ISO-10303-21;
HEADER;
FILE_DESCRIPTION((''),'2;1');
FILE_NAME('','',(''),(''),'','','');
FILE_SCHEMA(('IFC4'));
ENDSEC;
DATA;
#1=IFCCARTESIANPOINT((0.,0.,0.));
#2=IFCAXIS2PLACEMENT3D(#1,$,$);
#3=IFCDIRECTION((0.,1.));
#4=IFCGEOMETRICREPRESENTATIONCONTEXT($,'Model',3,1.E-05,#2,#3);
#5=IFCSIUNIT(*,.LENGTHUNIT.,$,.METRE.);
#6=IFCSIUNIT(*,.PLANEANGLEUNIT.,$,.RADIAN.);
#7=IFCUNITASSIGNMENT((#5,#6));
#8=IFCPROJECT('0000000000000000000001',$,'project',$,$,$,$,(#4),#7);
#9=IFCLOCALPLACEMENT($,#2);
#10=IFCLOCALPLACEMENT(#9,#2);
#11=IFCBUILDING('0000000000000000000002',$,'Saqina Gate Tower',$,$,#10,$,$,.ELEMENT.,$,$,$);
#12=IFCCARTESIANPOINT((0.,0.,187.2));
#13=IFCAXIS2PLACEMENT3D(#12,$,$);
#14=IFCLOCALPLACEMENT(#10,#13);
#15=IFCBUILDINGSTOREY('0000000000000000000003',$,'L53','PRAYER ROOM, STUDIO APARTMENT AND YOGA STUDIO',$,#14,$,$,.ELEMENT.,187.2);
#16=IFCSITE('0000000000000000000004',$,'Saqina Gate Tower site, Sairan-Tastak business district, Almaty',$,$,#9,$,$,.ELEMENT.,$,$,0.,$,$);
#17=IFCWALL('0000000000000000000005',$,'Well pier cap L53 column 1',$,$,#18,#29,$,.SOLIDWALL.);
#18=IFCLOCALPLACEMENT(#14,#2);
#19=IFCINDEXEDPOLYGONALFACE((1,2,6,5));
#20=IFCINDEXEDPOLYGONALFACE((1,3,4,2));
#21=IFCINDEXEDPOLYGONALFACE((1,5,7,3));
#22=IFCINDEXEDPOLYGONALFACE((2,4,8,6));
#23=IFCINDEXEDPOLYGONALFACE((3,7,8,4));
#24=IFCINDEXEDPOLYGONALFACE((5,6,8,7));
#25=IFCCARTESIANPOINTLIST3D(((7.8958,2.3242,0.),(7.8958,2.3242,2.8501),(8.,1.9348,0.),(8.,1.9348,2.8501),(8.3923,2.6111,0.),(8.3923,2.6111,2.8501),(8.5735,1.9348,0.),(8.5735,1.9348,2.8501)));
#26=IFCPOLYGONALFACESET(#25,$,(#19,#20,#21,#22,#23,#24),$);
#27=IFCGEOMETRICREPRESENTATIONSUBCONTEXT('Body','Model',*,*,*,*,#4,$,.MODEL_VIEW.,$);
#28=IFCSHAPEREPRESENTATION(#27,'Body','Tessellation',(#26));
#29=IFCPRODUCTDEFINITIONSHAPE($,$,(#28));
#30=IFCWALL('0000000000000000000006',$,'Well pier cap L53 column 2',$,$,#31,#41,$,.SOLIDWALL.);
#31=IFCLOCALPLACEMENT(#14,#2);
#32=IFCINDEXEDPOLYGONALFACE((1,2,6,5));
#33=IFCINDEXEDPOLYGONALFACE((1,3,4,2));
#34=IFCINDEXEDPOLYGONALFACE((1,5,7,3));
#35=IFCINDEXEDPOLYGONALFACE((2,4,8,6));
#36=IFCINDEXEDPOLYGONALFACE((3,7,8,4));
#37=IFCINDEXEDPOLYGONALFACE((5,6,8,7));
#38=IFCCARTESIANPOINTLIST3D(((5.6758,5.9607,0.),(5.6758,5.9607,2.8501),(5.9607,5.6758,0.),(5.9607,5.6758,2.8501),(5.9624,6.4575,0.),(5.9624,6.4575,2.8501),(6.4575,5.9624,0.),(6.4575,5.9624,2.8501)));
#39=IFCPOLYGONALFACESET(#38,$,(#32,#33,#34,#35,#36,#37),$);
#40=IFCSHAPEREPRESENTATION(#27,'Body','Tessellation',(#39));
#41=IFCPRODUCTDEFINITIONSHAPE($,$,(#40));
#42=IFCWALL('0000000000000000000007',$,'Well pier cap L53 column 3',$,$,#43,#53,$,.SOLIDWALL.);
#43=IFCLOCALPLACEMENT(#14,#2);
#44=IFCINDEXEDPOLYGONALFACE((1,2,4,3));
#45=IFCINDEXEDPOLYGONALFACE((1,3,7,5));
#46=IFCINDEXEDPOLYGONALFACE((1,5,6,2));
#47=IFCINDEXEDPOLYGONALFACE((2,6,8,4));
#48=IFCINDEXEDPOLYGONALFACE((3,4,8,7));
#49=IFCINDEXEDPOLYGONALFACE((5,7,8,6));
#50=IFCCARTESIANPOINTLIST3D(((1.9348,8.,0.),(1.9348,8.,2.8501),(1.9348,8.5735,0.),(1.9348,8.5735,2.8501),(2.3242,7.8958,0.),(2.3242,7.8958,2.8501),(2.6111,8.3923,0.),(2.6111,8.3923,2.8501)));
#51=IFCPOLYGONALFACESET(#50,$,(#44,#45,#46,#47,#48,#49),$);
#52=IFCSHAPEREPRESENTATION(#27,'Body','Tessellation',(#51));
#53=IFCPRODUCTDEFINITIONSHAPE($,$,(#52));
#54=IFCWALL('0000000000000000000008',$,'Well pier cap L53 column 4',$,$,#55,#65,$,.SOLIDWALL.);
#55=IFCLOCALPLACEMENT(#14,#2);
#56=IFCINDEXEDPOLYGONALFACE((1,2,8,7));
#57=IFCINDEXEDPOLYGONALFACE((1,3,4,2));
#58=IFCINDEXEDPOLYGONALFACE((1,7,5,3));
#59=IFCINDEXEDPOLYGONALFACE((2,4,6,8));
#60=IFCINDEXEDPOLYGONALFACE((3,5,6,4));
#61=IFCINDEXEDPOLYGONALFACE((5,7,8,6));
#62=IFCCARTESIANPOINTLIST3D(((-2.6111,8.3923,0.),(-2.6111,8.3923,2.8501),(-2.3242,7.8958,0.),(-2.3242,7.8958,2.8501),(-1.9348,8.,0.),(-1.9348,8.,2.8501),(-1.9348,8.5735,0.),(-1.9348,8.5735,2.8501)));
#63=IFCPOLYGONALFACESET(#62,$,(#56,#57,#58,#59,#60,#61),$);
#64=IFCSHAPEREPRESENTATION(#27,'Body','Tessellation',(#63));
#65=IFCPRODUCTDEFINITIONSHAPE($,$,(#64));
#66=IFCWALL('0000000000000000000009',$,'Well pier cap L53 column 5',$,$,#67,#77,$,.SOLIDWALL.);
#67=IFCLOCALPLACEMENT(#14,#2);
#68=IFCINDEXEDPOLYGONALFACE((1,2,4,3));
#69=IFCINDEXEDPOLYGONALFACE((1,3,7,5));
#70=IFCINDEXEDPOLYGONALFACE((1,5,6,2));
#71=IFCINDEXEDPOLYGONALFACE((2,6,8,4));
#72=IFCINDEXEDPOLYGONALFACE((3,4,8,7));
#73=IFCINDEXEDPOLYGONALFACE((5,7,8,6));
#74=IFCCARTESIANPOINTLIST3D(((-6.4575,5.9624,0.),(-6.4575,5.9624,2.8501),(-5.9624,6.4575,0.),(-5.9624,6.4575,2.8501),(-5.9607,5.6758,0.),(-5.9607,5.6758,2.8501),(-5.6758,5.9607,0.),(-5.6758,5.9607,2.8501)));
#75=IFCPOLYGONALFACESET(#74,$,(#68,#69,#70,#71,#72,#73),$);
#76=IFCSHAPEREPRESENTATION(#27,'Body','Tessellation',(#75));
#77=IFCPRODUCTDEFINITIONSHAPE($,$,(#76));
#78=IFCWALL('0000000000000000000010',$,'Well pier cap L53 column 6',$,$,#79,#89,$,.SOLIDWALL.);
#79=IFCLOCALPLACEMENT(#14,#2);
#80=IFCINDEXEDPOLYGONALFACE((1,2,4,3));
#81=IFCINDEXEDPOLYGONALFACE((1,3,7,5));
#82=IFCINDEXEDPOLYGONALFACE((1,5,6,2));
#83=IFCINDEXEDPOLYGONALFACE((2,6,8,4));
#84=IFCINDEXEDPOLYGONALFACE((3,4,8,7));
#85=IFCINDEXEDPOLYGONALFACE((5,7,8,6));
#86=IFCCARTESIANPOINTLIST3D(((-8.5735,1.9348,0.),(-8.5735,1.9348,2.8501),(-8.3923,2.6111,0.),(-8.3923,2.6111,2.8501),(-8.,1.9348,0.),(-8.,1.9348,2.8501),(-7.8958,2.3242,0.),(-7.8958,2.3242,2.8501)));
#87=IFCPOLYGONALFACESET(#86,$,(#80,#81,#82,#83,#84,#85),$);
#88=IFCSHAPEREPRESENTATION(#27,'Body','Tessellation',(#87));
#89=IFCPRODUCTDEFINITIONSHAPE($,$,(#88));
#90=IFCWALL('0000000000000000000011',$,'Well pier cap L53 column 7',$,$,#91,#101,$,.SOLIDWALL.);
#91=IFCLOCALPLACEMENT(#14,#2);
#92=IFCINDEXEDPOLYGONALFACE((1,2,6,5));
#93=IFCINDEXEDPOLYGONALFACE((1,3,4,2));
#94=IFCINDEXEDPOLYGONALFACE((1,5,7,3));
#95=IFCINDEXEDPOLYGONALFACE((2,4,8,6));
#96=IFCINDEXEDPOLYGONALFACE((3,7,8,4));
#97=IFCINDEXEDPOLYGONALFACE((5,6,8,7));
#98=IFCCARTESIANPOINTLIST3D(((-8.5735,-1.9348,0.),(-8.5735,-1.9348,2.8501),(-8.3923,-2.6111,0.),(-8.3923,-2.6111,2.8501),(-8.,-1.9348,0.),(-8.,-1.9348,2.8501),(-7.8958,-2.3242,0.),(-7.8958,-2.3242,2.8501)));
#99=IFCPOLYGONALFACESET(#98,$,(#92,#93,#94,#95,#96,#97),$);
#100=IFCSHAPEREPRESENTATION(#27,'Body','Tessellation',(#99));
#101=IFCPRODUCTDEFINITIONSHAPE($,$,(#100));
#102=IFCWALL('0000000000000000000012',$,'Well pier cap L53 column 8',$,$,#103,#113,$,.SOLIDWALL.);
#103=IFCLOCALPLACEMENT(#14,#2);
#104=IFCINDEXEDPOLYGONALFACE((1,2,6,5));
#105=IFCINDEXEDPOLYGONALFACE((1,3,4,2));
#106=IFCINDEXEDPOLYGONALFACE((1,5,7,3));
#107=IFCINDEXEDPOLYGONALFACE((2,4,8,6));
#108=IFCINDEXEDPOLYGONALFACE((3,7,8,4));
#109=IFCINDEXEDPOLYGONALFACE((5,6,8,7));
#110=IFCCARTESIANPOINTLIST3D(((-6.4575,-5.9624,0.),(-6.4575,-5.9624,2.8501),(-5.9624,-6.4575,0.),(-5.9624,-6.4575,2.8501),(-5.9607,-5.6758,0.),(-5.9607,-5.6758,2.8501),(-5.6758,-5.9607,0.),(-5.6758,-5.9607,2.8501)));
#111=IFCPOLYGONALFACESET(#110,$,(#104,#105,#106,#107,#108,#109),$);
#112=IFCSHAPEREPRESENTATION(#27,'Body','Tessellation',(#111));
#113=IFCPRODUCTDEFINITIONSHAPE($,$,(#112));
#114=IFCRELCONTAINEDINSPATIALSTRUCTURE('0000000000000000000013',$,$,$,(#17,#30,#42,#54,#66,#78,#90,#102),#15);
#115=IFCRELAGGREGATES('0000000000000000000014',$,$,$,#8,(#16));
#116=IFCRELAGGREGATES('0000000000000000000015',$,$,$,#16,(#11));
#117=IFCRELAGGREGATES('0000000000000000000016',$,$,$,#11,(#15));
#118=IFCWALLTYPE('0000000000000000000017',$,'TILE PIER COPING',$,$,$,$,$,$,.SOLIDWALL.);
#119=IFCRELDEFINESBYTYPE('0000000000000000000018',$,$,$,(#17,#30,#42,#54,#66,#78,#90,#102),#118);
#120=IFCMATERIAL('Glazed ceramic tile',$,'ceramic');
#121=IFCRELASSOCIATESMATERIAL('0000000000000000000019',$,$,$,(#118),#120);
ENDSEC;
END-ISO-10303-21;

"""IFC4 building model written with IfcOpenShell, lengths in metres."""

from ifc_helpers import new_model, si_unit, direction, frame, origin, place, context, subcontext, project, spatial, polyline, outline, extrude, material, type_object, element, save


model = new_model("IFC4")

# Units and contexts
model_context = context("Model", 3, precision=1e-05, world=origin(), true_north=direction((0.0, 1.0)))
body_context = subcontext(model_context, "Body", "Model", "MODEL_VIEW")
ifc_project = project(units=[si_unit("LENGTHUNIT", "METRE"), si_unit("PLANEANGLEUNIT", "RADIAN")], contexts=[model_context])

# Site, building, storey
site_placement = place(None, origin())
site = spatial("IfcSite", under=ifc_project, at=site_placement, Name="Saqina Gate Tower site, Sairan-Tastak business district, Almaty", CompositionType="ELEMENT", RefElevation=0.0)
building_placement = place(site_placement, origin())
building = spatial("IfcBuilding", under=site, at=building_placement, Name="Saqina Gate Tower", CompositionType="ELEMENT")
storey_placement = place(building_placement, frame((0.0, 0.0, 187.2)))
storey = spatial("IfcBuildingStorey", under=building, at=storey_placement, Name="L53", Description="PRAYER ROOM, STUDIO APARTMENT AND YOGA STUDIO", CompositionType="ELEMENT", Elevation=187.2)

# Walls
ifc_material_1 = material(Name="Glazed ceramic tile", Category="ceramic")
wall_type_1 = type_object("IfcWallType", Name="TILE PIER COPING", PredefinedType="SOLIDWALL", material=ifc_material_1)
wall_1_placement = place(storey_placement, origin())
element("IfcWall", 1, at=wall_1_placement, inside=storey, type_object=wall_type_1, Name="Well pier cap L53 column 1", PredefinedType="SOLIDWALL", context=body_context, shape_type="SweptSolid", body=[
    extrude(outline(polyline([(8.3923, 2.6111), (7.8958, 2.3242), (8.0, 1.9348), (8.5735, 1.9348), (8.3923, 2.6111)])), origin(), (0.0, 0.0, 1.0), 2.8501),
])
wall_2_placement = place(storey_placement, origin())
element("IfcWall", 2, at=wall_2_placement, inside=storey, type_object=wall_type_1, Name="Well pier cap L53 column 2", PredefinedType="SOLIDWALL", context=body_context, shape_type="SweptSolid", body=[
    extrude(outline(polyline([(5.9624, 6.4575), (5.6758, 5.9607), (5.9607, 5.6758), (6.4575, 5.9624), (5.9624, 6.4575)])), origin(), (0.0, 0.0, 1.0), 2.8501),
])
wall_3_placement = place(storey_placement, origin())
element("IfcWall", 3, at=wall_3_placement, inside=storey, type_object=wall_type_1, Name="Well pier cap L53 column 3", PredefinedType="SOLIDWALL", context=body_context, shape_type="SweptSolid", body=[
    extrude(outline(polyline([(1.9348, 8.5735), (1.9348, 8.0), (2.3242, 7.8958), (2.6111, 8.3923), (1.9348, 8.5735)])), origin(), (0.0, 0.0, 1.0), 2.8501),
])
wall_4_placement = place(storey_placement, origin())
element("IfcWall", 4, at=wall_4_placement, inside=storey, type_object=wall_type_1, Name="Well pier cap L53 column 4", PredefinedType="SOLIDWALL", context=body_context, shape_type="SweptSolid", body=[
    extrude(outline(polyline([(-1.9348, 8.0), (-1.9348, 8.5735), (-2.6111, 8.3923), (-2.3242, 7.8958), (-1.9348, 8.0)])), origin(), (0.0, 0.0, 1.0), 2.8501),
])
wall_5_placement = place(storey_placement, origin())
element("IfcWall", 5, at=wall_5_placement, inside=storey, type_object=wall_type_1, Name="Well pier cap L53 column 5", PredefinedType="SOLIDWALL", context=body_context, shape_type="SweptSolid", body=[
    extrude(outline(polyline([(-6.4575, 5.9624), (-5.9607, 5.6758), (-5.6758, 5.9607), (-5.9624, 6.4575), (-6.4575, 5.9624)])), origin(), (0.0, 0.0, 1.0), 2.8501),
])
wall_6_placement = place(storey_placement, origin())
element("IfcWall", 6, at=wall_6_placement, inside=storey, type_object=wall_type_1, Name="Well pier cap L53 column 6", PredefinedType="SOLIDWALL", context=body_context, shape_type="SweptSolid", body=[
    extrude(outline(polyline([(-8.5735, 1.9348), (-8.0, 1.9348), (-7.8958, 2.3242), (-8.3923, 2.6111), (-8.5735, 1.9348)])), origin(), (0.0, 0.0, 1.0), 2.8501),
])
wall_7_placement = place(storey_placement, origin())
element("IfcWall", 7, at=wall_7_placement, inside=storey, type_object=wall_type_1, Name="Well pier cap L53 column 7", PredefinedType="SOLIDWALL", context=body_context, shape_type="SweptSolid", body=[
    extrude(outline(polyline([(-8.0, -1.9348), (-8.5735, -1.9348), (-8.3923, -2.6111), (-7.8958, -2.3242), (-8.0, -1.9348)])), origin(), (0.0, 0.0, 1.0), 2.8501),
])
wall_8_placement = place(storey_placement, origin())
element("IfcWall", 8, at=wall_8_placement, inside=storey, type_object=wall_type_1, Name="Well pier cap L53 column 8", PredefinedType="SOLIDWALL", context=body_context, shape_type="SweptSolid", body=[
    extrude(outline(polyline([(-6.4575, -5.9624), (-5.9624, -6.4575), (-5.6758, -5.9607), (-5.9607, -5.6758), (-6.4575, -5.9624)])), origin(), (0.0, 0.0, 1.0), 2.8501),
])

save(model, "model.ifc")
